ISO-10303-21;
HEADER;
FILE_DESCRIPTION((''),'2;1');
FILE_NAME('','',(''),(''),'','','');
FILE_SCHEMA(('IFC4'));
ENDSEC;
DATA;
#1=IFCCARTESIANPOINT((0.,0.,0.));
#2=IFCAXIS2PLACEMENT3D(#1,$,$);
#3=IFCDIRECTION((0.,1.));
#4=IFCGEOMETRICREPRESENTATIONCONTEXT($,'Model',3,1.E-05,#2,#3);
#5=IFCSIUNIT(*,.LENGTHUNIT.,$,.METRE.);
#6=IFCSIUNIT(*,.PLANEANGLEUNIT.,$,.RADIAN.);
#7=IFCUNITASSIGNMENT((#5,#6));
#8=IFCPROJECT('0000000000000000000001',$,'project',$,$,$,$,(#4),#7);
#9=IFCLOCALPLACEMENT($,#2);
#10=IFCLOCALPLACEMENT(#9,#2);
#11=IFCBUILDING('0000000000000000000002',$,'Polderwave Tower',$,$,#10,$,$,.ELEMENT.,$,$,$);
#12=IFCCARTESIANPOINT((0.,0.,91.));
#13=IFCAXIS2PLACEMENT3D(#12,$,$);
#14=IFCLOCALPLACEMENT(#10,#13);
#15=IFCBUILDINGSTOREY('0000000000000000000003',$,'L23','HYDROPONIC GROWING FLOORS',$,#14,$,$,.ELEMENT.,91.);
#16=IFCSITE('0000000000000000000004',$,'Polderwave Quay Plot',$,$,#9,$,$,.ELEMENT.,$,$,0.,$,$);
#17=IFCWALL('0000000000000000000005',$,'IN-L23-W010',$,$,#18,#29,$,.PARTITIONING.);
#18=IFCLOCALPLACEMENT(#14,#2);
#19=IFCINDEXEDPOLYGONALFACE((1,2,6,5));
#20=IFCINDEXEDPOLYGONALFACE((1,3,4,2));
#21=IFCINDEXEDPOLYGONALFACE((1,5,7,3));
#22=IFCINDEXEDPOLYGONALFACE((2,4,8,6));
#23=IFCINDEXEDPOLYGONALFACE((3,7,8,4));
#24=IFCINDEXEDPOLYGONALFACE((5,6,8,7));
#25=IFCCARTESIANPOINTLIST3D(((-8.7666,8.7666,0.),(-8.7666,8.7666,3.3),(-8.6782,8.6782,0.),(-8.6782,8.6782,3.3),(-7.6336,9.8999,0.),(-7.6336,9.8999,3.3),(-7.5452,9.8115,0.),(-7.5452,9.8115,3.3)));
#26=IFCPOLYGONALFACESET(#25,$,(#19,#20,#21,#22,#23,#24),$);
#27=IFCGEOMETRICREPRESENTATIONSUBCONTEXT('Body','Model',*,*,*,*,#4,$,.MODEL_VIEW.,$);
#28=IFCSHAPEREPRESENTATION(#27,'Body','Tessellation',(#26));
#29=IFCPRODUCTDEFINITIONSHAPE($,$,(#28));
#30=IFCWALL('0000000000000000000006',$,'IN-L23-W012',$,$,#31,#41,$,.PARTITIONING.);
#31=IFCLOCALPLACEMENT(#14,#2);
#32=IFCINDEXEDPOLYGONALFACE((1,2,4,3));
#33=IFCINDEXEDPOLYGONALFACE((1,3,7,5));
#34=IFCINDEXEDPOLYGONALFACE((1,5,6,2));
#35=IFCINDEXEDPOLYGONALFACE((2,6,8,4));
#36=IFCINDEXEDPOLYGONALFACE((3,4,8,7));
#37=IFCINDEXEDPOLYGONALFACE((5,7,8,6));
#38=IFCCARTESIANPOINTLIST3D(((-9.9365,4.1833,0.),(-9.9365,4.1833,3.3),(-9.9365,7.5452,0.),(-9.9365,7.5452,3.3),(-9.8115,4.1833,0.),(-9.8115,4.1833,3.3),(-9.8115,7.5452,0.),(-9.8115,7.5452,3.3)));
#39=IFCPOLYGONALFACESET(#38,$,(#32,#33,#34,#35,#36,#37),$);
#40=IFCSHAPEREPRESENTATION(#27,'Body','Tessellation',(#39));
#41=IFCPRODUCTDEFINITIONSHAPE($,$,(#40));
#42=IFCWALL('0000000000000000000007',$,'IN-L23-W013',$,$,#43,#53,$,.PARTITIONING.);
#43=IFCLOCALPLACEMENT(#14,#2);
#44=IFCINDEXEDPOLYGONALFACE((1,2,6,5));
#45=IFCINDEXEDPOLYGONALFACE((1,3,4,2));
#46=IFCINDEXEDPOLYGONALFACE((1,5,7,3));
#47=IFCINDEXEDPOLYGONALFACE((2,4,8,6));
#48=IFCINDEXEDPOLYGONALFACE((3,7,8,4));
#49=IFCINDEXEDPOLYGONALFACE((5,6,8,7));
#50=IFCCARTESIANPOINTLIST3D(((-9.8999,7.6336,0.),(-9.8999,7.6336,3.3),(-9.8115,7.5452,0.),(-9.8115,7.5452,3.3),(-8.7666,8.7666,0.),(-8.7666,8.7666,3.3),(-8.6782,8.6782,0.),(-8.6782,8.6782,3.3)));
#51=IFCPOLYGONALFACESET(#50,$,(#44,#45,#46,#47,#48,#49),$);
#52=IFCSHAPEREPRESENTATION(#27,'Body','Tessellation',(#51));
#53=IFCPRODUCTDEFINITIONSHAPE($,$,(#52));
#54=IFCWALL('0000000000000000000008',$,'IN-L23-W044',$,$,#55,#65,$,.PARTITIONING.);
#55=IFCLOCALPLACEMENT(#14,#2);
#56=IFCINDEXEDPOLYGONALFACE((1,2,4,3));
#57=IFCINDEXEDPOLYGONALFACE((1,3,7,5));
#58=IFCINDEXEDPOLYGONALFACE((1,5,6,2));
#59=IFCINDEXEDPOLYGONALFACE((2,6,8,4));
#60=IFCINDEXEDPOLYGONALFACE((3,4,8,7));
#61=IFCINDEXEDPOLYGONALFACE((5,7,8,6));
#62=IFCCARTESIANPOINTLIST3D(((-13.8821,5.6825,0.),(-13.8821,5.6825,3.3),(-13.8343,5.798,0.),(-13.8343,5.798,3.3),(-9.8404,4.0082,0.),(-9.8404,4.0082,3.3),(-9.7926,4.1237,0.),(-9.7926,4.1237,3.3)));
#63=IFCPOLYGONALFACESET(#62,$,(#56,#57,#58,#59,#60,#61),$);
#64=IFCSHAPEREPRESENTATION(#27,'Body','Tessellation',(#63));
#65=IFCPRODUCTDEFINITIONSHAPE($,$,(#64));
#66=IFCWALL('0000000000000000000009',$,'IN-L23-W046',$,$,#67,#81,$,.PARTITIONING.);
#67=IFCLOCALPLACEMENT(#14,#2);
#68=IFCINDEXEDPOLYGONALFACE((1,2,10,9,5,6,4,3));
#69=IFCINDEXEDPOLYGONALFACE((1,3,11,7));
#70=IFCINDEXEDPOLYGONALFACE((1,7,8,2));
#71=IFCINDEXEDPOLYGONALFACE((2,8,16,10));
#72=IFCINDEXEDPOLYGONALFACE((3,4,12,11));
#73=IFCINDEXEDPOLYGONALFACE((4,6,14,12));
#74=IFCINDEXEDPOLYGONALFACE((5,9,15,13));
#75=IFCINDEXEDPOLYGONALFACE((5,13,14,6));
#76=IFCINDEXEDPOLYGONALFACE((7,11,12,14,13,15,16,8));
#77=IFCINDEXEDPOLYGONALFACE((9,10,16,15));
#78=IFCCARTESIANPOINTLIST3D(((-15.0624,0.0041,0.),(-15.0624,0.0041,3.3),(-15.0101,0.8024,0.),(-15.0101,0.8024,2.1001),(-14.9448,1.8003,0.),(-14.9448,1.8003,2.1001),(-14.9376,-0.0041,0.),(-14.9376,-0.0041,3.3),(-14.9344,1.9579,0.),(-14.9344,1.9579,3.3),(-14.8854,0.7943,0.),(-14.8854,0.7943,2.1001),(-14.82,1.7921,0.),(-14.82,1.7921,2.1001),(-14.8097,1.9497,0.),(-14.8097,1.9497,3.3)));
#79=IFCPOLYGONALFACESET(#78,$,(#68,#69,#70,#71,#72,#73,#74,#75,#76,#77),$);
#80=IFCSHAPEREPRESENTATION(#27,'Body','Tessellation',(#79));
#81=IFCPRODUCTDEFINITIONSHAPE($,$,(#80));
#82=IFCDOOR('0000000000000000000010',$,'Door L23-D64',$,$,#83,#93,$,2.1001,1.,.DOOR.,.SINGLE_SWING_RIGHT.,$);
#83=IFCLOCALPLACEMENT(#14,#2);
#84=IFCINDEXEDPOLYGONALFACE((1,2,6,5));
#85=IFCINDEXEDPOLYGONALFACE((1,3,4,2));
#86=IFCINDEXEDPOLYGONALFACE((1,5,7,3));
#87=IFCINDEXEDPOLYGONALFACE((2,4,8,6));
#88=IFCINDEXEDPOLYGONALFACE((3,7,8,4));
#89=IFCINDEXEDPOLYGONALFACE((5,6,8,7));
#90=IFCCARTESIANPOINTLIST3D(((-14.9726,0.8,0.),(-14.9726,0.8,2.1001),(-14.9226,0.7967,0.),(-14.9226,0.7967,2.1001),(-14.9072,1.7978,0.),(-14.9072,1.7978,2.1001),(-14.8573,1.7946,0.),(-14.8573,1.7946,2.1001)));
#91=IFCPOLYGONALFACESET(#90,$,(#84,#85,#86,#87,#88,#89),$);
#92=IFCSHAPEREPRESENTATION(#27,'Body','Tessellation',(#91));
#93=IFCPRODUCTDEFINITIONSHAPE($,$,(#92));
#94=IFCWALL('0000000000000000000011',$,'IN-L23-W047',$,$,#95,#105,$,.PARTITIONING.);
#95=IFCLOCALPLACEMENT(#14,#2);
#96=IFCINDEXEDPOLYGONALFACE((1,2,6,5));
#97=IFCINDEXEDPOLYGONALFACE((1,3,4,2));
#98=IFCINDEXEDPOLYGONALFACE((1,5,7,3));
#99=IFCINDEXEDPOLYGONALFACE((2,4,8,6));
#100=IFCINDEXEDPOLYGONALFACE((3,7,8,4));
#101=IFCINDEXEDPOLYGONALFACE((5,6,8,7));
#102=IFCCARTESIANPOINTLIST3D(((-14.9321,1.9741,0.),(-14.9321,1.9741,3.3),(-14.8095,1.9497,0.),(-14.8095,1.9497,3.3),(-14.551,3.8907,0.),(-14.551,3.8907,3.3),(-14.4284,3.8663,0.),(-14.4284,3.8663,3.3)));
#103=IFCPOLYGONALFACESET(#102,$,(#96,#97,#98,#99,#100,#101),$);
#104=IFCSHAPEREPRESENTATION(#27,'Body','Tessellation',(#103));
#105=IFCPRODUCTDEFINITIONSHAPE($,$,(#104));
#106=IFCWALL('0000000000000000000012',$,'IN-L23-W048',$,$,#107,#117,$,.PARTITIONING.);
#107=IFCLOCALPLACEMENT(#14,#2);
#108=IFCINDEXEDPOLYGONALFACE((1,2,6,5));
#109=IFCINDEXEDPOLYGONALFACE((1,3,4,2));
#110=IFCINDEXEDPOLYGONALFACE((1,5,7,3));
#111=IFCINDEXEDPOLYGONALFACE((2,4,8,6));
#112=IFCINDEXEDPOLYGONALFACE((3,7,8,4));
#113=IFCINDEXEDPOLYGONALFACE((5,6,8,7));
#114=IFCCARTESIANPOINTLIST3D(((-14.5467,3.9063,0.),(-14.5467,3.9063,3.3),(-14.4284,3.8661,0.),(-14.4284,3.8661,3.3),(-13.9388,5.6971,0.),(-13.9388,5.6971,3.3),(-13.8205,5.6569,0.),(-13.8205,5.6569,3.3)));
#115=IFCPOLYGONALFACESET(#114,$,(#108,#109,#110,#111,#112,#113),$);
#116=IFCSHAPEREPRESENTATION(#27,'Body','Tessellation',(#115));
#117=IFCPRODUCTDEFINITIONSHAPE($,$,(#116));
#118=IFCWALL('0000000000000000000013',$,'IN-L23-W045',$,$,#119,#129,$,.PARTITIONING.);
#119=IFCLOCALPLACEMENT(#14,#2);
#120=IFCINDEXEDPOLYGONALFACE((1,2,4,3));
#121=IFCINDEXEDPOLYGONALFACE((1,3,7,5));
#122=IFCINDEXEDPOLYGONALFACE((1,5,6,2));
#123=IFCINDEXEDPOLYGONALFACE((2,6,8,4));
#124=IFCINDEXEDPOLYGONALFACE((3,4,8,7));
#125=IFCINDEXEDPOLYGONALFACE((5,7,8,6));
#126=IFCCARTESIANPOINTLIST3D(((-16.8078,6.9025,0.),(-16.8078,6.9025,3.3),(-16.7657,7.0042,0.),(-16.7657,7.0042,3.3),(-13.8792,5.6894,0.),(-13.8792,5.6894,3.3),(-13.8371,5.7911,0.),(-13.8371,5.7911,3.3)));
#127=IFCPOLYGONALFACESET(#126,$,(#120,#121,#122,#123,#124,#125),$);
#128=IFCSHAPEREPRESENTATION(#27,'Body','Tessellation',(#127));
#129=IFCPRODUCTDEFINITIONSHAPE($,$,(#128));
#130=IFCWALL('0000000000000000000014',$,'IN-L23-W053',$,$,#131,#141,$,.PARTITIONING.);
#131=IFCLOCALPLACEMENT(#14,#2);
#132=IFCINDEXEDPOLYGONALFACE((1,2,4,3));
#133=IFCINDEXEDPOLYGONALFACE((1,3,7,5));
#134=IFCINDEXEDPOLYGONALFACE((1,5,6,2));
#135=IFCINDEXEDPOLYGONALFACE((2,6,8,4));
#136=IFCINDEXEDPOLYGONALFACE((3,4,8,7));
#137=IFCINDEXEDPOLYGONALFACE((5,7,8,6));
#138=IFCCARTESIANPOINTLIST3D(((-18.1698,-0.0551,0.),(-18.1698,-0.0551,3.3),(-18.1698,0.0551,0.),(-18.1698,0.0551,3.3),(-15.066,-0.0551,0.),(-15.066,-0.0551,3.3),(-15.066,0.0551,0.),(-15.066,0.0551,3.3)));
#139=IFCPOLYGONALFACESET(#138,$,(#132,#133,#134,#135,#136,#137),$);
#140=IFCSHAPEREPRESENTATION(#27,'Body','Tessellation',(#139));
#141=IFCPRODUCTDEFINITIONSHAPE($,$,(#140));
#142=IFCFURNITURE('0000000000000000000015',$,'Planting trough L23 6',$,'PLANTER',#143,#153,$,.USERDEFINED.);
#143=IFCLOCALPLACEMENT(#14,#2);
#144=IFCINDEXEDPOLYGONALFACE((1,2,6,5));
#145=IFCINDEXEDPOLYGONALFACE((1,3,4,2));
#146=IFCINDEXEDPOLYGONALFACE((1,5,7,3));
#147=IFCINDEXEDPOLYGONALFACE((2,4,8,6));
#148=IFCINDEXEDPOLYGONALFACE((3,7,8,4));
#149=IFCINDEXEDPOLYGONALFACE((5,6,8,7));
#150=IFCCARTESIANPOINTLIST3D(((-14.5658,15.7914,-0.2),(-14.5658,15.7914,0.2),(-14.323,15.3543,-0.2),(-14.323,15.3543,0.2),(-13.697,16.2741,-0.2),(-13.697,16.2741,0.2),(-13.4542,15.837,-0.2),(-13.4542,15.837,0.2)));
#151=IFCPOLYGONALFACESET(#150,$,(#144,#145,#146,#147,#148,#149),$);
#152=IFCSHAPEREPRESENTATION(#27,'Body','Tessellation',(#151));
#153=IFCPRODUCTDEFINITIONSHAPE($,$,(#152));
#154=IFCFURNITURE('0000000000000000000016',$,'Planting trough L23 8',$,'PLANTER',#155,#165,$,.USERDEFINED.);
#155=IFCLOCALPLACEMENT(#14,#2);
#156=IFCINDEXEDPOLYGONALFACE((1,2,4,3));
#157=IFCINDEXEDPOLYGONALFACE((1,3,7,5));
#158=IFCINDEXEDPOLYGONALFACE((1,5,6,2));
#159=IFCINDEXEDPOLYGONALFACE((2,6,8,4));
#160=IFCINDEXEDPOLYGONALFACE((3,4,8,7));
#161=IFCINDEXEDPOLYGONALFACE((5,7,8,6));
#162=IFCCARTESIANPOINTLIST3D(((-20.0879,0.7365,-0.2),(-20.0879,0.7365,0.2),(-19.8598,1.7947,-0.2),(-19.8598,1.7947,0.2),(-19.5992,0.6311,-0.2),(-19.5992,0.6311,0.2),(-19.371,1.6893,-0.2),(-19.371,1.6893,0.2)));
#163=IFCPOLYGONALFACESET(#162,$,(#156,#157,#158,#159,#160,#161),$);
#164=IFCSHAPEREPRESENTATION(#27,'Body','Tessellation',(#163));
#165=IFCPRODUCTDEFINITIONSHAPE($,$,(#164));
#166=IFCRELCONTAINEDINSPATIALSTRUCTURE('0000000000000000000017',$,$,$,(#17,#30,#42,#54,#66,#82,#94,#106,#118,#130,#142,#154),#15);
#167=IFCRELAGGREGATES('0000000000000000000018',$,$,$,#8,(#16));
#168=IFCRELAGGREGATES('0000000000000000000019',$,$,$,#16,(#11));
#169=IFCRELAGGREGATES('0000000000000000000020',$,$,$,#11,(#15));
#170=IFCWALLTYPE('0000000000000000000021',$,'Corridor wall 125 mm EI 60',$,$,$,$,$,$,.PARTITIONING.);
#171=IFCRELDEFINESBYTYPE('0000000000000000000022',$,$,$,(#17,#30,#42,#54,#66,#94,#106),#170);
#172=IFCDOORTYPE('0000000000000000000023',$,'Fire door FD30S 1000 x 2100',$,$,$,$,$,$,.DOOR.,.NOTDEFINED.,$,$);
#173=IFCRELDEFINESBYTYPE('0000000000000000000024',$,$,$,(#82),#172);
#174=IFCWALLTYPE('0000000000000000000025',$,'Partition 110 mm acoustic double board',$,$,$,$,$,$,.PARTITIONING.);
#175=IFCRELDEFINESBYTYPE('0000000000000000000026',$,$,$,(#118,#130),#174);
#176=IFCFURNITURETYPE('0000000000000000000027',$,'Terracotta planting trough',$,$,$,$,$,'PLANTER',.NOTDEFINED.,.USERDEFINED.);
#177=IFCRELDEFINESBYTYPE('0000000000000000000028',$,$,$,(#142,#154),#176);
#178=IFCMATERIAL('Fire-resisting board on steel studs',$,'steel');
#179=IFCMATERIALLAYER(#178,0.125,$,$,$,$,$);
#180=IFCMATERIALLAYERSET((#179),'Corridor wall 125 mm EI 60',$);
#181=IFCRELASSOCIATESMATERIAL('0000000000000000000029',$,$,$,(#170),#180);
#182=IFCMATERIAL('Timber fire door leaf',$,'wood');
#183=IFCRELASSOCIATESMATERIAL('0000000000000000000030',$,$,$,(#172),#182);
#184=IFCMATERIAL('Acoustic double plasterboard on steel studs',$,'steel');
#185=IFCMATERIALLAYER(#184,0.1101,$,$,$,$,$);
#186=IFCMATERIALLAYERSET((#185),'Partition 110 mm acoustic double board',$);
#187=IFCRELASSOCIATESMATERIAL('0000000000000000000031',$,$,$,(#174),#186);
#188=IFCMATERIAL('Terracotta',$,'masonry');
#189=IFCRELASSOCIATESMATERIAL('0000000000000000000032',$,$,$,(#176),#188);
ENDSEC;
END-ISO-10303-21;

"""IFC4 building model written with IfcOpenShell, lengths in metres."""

from ifc_helpers import new_model, si_unit, direction, frame, frame_2d, origin, origin_2d, place, context, subcontext, project, spatial, rectangle, extrude, material, layer, layer_set, type_object, element, fill, save


model = new_model("IFC4")

# Units and contexts
model_context = context("Model", 3, precision=1e-05, world=origin(), true_north=direction((0.0, 1.0)))
body_context = subcontext(model_context, "Body", "Model", "MODEL_VIEW")
ifc_project = project(units=[si_unit("LENGTHUNIT", "METRE"), si_unit("PLANEANGLEUNIT", "RADIAN")], contexts=[model_context])

# Site, building, storey
site_placement = place(None, origin())
site = spatial("IfcSite", under=ifc_project, at=site_placement, Name="Polderwave Quay Plot", CompositionType="ELEMENT", RefElevation=0.0)
building_placement = place(site_placement, origin())
building = spatial("IfcBuilding", under=site, at=building_placement, Name="Polderwave Tower", CompositionType="ELEMENT")
storey_placement = place(building_placement, frame((0.0, 0.0, 91.0)))
storey = spatial("IfcBuildingStorey", under=building, at=storey_placement, Name="L23", Description="HYDROPONIC GROWING FLOORS", CompositionType="ELEMENT", Elevation=91.0)

# Walls
ifc_material_1 = material(Name="Fire-resisting board on steel studs", Category="steel")
ifc_layer_1 = layer(ifc_material_1, 0.125)
ifc_layer_set_1 = layer_set([ifc_layer_1], Name="Corridor wall 125 mm EI 60")
wall_type_1 = type_object("IfcWallType", Name="Corridor wall 125 mm EI 60", PredefinedType="PARTITIONING", material=ifc_layer_set_1)
wall_1_placement = place(storey_placement, frame((-8.7224, 8.7224, 0.0), z_axis=(0.0, 0.0, 1.0), x_axis=(0.707031, 0.707183, 0.0)))
element("IfcWall", 1, at=wall_1_placement, inside=storey, type_object=wall_type_1, Name="IN-L23-W010", PredefinedType="PARTITIONING", context=body_context, shape_type="SweptSolid", body=[
    extrude(rectangle(XDim=1.6025, YDim=0.125, at=frame_2d((0.8013, 0.0))), origin(), (0.0, 0.0, 1.0), 3.3),
])
wall_2_placement = place(storey_placement, frame((-9.874, 4.1833, 0.0), z_axis=(0.0, 0.0, 1.0), x_axis=(0.0, 1.0, 0.0)))
element("IfcWall", 2, at=wall_2_placement, inside=storey, type_object=wall_type_1, Name="IN-L23-W012", PredefinedType="PARTITIONING", context=body_context, shape_type="SweptSolid", body=[
    extrude(rectangle(XDim=3.3618, YDim=0.125, at=frame_2d((1.6809, 0.0))), origin(), (0.0, 0.0, 1.0), 3.3),
])
wall_3_placement = place(storey_placement, frame((-9.8557, 7.5894, 0.0), z_axis=(0.0, 0.0, 1.0), x_axis=(0.707183, 0.707031, 0.0)))
element("IfcWall", 3, at=wall_3_placement, inside=storey, type_object=wall_type_1, Name="IN-L23-W013", PredefinedType="PARTITIONING", context=body_context, shape_type="SweptSolid", body=[
    extrude(rectangle(XDim=1.6025, YDim=0.125, at=frame_2d((0.8013, 0.0))), origin(), (0.0, 0.0, 1.0), 3.3),
])
wall_4_placement = place(storey_placement, frame((-9.8164, 4.0659, 0.0), z_axis=(0.0, 0.0, 1.0), x_axis=(-0.923866, 0.382717, 0.0)))
element("IfcWall", 4, at=wall_4_placement, inside=storey, type_object=wall_type_1, Name="IN-L23-W044", PredefinedType="PARTITIONING", context=body_context, shape_type="SweptSolid", body=[
    extrude(rectangle(XDim=4.3748, YDim=0.125, at=frame_2d((2.1875, 0.0))), origin(), (0.0, 0.0, 1.0), 3.3),
])

# Wall, opening, door
wall_5_placement = place(storey_placement, frame((-15.0, 0.0, 0.0), z_axis=(0.0, 0.0, 1.0), x_axis=(0.065336, 0.997863, 0.0)))
wall_5 = element("IfcWall", 5, at=wall_5_placement, inside=storey, type_object=wall_type_1, Name="IN-L23-W046", PredefinedType="PARTITIONING", context=body_context, shape_type="SweptSolid", body=[
    extrude(rectangle(XDim=1.958, YDim=0.125, at=frame_2d((0.979, 0.0))), origin(), (0.0, 0.0, 1.0), 3.3),
])
opening_placement = place(wall_5_placement, frame((0.8, 0.0, 0.0)))
opening = element("IfcOpeningElement", 6, at=opening_placement, cuts=wall_5, PredefinedType="OPENING", context=body_context, shape_type="SweptSolid", body=[
    extrude(rectangle(XDim=1.0, YDim=2.1001, at=frame_2d((0.5, 1.05))), frame((0.0, 0.0725, 0.0), z_axis=(0.0, -1.0, 0.0), x_axis=(1.0, 0.0, 0.0)), (0.0, 0.0, 1.0), 0.145),
])
ifc_material_2 = material(Name="Timber fire door leaf", Category="wood")
door_type = type_object("IfcDoorType", Name="Fire door FD30S 1000 x 2100", OperationType="NOTDEFINED", PredefinedType="DOOR", material=ifc_material_2)
door_placement = place(opening_placement, origin())
door = element("IfcDoor", 7, at=door_placement, inside=storey, type_object=door_type, Name="Door L23-D64", OperationType="SINGLE_SWING_RIGHT", OverallHeight=2.1001, OverallWidth=1.0, PredefinedType="DOOR", context=body_context, shape_type="SweptSolid", body=[
    extrude(rectangle(XDim=1.0, YDim=2.1001, at=frame_2d((0.5, 1.05))), frame((0.0, 0.0249, 0.0), z_axis=(0.0, -1.0, 0.0), x_axis=(1.0, 0.0, 0.0)), (0.0, 0.0, 1.0), 0.05),
])
fill(opening, door)

# Walls
wall_6_placement = place(storey_placement, frame((-14.8708, 1.9619, 0.0), z_axis=(0.0, 0.0, 1.0), x_axis=(0.195035, 0.980796, 0.0)))
element("IfcWall", 8, at=wall_6_placement, inside=storey, type_object=wall_type_1, Name="IN-L23-W047", PredefinedType="PARTITIONING", context=body_context, shape_type="SweptSolid", body=[
    extrude(rectangle(XDim=1.9541, YDim=0.125, at=frame_2d((0.9771, 0.0))), origin(), (0.0, 0.0, 1.0), 3.3),
])
wall_7_placement = place(storey_placement, frame((-14.4875, 3.8862, 0.0), z_axis=(0.0, 0.0, 1.0), x_axis=(0.321451, 0.946926, 0.0)))
element("IfcWall", 9, at=wall_7_placement, inside=storey, type_object=wall_type_1, Name="IN-L23-W048", PredefinedType="PARTITIONING", context=body_context, shape_type="SweptSolid", body=[
    extrude(rectangle(XDim=1.8911, YDim=0.125, at=frame_2d((0.9456, 0.0))), origin(), (0.0, 0.0, 1.0), 3.3),
])
ifc_material_3 = material(Name="Acoustic double plasterboard on steel studs", Category="steel")
ifc_layer_2 = layer(ifc_material_3, 0.1101)
ifc_layer_set_2 = layer_set([ifc_layer_2], Name="Partition 110 mm acoustic double board")
wall_type_2 = type_object("IfcWallType", Name="Partition 110 mm acoustic double board", PredefinedType="PARTITIONING", material=ifc_layer_set_2)
wall_8_placement = place(storey_placement, frame((-13.8582, 5.7402, 0.0), z_axis=(0.0, 0.0, 1.0), x_axis=(-0.923877, 0.38269, 0.0)))
element("IfcWall", 10, at=wall_8_placement, inside=storey, type_object=wall_type_2, Name="IN-L23-W045", PredefinedType="PARTITIONING", context=body_context, shape_type="SweptSolid", body=[
    extrude(rectangle(XDim=3.1699, YDim=0.1101, at=frame_2d((1.585, 0.0))), origin(), (0.0, 0.0, 1.0), 3.3),
])
wall_9_placement = place(storey_placement, frame((-15.0662, 0.0, 0.0), z_axis=(0.0, 0.0, 1.0), x_axis=(-1.0, 0.0, 0.0)))
element("IfcWall", 11, at=wall_9_placement, inside=storey, type_object=wall_type_2, Name="IN-L23-W053", PredefinedType="PARTITIONING", context=body_context, shape_type="SweptSolid", body=[
    extrude(rectangle(XDim=3.1038, YDim=0.1101, at=frame_2d((1.5518, 0.0))), origin(), (0.0, 0.0, 1.0), 3.3),
])

# Furniture
ifc_material_4 = material(Name="Terracotta", Category="masonry")
furniture_type = type_object("IfcFurnitureType", Name="Terracotta planting trough", ElementType="PLANTER", AssemblyPlace="NOTDEFINED", PredefinedType="USERDEFINED", material=ifc_material_4)
furniture_1_placement = place(storey_placement, frame((-14.01, 15.8142, -0.2), z_axis=(0.0, 0.0, 1.0), x_axis=(-0.874123, -0.485704, 0.0)))
element("IfcFurniture", 12, at=furniture_1_placement, inside=storey, type_object=furniture_type, Name="Planting trough L23 6", ObjectType="PLANTER", PredefinedType="USERDEFINED", context=body_context, shape_type="SweptSolid", body=[
    extrude(rectangle(XDim=0.9939, YDim=0.5, at=origin_2d()), origin(), (0.0, 0.0, 1.0), 0.3999),
])
furniture_2_placement = place(storey_placement, frame((-19.7295, 1.2129, -0.2), z_axis=(0.0, 0.0, 1.0), x_axis=(-0.210738, -0.977543, 0.0)))
element("IfcFurniture", 13, at=furniture_2_placement, inside=storey, type_object=furniture_type, Name="Planting trough L23 8", ObjectType="PLANTER", PredefinedType="USERDEFINED", context=body_context, shape_type="SweptSolid", body=[
    extrude(rectangle(XDim=1.0825, YDim=0.5, at=origin_2d()), origin(), (0.0, 0.0, 1.0), 0.3999),
])

save(model, "model.ifc")
